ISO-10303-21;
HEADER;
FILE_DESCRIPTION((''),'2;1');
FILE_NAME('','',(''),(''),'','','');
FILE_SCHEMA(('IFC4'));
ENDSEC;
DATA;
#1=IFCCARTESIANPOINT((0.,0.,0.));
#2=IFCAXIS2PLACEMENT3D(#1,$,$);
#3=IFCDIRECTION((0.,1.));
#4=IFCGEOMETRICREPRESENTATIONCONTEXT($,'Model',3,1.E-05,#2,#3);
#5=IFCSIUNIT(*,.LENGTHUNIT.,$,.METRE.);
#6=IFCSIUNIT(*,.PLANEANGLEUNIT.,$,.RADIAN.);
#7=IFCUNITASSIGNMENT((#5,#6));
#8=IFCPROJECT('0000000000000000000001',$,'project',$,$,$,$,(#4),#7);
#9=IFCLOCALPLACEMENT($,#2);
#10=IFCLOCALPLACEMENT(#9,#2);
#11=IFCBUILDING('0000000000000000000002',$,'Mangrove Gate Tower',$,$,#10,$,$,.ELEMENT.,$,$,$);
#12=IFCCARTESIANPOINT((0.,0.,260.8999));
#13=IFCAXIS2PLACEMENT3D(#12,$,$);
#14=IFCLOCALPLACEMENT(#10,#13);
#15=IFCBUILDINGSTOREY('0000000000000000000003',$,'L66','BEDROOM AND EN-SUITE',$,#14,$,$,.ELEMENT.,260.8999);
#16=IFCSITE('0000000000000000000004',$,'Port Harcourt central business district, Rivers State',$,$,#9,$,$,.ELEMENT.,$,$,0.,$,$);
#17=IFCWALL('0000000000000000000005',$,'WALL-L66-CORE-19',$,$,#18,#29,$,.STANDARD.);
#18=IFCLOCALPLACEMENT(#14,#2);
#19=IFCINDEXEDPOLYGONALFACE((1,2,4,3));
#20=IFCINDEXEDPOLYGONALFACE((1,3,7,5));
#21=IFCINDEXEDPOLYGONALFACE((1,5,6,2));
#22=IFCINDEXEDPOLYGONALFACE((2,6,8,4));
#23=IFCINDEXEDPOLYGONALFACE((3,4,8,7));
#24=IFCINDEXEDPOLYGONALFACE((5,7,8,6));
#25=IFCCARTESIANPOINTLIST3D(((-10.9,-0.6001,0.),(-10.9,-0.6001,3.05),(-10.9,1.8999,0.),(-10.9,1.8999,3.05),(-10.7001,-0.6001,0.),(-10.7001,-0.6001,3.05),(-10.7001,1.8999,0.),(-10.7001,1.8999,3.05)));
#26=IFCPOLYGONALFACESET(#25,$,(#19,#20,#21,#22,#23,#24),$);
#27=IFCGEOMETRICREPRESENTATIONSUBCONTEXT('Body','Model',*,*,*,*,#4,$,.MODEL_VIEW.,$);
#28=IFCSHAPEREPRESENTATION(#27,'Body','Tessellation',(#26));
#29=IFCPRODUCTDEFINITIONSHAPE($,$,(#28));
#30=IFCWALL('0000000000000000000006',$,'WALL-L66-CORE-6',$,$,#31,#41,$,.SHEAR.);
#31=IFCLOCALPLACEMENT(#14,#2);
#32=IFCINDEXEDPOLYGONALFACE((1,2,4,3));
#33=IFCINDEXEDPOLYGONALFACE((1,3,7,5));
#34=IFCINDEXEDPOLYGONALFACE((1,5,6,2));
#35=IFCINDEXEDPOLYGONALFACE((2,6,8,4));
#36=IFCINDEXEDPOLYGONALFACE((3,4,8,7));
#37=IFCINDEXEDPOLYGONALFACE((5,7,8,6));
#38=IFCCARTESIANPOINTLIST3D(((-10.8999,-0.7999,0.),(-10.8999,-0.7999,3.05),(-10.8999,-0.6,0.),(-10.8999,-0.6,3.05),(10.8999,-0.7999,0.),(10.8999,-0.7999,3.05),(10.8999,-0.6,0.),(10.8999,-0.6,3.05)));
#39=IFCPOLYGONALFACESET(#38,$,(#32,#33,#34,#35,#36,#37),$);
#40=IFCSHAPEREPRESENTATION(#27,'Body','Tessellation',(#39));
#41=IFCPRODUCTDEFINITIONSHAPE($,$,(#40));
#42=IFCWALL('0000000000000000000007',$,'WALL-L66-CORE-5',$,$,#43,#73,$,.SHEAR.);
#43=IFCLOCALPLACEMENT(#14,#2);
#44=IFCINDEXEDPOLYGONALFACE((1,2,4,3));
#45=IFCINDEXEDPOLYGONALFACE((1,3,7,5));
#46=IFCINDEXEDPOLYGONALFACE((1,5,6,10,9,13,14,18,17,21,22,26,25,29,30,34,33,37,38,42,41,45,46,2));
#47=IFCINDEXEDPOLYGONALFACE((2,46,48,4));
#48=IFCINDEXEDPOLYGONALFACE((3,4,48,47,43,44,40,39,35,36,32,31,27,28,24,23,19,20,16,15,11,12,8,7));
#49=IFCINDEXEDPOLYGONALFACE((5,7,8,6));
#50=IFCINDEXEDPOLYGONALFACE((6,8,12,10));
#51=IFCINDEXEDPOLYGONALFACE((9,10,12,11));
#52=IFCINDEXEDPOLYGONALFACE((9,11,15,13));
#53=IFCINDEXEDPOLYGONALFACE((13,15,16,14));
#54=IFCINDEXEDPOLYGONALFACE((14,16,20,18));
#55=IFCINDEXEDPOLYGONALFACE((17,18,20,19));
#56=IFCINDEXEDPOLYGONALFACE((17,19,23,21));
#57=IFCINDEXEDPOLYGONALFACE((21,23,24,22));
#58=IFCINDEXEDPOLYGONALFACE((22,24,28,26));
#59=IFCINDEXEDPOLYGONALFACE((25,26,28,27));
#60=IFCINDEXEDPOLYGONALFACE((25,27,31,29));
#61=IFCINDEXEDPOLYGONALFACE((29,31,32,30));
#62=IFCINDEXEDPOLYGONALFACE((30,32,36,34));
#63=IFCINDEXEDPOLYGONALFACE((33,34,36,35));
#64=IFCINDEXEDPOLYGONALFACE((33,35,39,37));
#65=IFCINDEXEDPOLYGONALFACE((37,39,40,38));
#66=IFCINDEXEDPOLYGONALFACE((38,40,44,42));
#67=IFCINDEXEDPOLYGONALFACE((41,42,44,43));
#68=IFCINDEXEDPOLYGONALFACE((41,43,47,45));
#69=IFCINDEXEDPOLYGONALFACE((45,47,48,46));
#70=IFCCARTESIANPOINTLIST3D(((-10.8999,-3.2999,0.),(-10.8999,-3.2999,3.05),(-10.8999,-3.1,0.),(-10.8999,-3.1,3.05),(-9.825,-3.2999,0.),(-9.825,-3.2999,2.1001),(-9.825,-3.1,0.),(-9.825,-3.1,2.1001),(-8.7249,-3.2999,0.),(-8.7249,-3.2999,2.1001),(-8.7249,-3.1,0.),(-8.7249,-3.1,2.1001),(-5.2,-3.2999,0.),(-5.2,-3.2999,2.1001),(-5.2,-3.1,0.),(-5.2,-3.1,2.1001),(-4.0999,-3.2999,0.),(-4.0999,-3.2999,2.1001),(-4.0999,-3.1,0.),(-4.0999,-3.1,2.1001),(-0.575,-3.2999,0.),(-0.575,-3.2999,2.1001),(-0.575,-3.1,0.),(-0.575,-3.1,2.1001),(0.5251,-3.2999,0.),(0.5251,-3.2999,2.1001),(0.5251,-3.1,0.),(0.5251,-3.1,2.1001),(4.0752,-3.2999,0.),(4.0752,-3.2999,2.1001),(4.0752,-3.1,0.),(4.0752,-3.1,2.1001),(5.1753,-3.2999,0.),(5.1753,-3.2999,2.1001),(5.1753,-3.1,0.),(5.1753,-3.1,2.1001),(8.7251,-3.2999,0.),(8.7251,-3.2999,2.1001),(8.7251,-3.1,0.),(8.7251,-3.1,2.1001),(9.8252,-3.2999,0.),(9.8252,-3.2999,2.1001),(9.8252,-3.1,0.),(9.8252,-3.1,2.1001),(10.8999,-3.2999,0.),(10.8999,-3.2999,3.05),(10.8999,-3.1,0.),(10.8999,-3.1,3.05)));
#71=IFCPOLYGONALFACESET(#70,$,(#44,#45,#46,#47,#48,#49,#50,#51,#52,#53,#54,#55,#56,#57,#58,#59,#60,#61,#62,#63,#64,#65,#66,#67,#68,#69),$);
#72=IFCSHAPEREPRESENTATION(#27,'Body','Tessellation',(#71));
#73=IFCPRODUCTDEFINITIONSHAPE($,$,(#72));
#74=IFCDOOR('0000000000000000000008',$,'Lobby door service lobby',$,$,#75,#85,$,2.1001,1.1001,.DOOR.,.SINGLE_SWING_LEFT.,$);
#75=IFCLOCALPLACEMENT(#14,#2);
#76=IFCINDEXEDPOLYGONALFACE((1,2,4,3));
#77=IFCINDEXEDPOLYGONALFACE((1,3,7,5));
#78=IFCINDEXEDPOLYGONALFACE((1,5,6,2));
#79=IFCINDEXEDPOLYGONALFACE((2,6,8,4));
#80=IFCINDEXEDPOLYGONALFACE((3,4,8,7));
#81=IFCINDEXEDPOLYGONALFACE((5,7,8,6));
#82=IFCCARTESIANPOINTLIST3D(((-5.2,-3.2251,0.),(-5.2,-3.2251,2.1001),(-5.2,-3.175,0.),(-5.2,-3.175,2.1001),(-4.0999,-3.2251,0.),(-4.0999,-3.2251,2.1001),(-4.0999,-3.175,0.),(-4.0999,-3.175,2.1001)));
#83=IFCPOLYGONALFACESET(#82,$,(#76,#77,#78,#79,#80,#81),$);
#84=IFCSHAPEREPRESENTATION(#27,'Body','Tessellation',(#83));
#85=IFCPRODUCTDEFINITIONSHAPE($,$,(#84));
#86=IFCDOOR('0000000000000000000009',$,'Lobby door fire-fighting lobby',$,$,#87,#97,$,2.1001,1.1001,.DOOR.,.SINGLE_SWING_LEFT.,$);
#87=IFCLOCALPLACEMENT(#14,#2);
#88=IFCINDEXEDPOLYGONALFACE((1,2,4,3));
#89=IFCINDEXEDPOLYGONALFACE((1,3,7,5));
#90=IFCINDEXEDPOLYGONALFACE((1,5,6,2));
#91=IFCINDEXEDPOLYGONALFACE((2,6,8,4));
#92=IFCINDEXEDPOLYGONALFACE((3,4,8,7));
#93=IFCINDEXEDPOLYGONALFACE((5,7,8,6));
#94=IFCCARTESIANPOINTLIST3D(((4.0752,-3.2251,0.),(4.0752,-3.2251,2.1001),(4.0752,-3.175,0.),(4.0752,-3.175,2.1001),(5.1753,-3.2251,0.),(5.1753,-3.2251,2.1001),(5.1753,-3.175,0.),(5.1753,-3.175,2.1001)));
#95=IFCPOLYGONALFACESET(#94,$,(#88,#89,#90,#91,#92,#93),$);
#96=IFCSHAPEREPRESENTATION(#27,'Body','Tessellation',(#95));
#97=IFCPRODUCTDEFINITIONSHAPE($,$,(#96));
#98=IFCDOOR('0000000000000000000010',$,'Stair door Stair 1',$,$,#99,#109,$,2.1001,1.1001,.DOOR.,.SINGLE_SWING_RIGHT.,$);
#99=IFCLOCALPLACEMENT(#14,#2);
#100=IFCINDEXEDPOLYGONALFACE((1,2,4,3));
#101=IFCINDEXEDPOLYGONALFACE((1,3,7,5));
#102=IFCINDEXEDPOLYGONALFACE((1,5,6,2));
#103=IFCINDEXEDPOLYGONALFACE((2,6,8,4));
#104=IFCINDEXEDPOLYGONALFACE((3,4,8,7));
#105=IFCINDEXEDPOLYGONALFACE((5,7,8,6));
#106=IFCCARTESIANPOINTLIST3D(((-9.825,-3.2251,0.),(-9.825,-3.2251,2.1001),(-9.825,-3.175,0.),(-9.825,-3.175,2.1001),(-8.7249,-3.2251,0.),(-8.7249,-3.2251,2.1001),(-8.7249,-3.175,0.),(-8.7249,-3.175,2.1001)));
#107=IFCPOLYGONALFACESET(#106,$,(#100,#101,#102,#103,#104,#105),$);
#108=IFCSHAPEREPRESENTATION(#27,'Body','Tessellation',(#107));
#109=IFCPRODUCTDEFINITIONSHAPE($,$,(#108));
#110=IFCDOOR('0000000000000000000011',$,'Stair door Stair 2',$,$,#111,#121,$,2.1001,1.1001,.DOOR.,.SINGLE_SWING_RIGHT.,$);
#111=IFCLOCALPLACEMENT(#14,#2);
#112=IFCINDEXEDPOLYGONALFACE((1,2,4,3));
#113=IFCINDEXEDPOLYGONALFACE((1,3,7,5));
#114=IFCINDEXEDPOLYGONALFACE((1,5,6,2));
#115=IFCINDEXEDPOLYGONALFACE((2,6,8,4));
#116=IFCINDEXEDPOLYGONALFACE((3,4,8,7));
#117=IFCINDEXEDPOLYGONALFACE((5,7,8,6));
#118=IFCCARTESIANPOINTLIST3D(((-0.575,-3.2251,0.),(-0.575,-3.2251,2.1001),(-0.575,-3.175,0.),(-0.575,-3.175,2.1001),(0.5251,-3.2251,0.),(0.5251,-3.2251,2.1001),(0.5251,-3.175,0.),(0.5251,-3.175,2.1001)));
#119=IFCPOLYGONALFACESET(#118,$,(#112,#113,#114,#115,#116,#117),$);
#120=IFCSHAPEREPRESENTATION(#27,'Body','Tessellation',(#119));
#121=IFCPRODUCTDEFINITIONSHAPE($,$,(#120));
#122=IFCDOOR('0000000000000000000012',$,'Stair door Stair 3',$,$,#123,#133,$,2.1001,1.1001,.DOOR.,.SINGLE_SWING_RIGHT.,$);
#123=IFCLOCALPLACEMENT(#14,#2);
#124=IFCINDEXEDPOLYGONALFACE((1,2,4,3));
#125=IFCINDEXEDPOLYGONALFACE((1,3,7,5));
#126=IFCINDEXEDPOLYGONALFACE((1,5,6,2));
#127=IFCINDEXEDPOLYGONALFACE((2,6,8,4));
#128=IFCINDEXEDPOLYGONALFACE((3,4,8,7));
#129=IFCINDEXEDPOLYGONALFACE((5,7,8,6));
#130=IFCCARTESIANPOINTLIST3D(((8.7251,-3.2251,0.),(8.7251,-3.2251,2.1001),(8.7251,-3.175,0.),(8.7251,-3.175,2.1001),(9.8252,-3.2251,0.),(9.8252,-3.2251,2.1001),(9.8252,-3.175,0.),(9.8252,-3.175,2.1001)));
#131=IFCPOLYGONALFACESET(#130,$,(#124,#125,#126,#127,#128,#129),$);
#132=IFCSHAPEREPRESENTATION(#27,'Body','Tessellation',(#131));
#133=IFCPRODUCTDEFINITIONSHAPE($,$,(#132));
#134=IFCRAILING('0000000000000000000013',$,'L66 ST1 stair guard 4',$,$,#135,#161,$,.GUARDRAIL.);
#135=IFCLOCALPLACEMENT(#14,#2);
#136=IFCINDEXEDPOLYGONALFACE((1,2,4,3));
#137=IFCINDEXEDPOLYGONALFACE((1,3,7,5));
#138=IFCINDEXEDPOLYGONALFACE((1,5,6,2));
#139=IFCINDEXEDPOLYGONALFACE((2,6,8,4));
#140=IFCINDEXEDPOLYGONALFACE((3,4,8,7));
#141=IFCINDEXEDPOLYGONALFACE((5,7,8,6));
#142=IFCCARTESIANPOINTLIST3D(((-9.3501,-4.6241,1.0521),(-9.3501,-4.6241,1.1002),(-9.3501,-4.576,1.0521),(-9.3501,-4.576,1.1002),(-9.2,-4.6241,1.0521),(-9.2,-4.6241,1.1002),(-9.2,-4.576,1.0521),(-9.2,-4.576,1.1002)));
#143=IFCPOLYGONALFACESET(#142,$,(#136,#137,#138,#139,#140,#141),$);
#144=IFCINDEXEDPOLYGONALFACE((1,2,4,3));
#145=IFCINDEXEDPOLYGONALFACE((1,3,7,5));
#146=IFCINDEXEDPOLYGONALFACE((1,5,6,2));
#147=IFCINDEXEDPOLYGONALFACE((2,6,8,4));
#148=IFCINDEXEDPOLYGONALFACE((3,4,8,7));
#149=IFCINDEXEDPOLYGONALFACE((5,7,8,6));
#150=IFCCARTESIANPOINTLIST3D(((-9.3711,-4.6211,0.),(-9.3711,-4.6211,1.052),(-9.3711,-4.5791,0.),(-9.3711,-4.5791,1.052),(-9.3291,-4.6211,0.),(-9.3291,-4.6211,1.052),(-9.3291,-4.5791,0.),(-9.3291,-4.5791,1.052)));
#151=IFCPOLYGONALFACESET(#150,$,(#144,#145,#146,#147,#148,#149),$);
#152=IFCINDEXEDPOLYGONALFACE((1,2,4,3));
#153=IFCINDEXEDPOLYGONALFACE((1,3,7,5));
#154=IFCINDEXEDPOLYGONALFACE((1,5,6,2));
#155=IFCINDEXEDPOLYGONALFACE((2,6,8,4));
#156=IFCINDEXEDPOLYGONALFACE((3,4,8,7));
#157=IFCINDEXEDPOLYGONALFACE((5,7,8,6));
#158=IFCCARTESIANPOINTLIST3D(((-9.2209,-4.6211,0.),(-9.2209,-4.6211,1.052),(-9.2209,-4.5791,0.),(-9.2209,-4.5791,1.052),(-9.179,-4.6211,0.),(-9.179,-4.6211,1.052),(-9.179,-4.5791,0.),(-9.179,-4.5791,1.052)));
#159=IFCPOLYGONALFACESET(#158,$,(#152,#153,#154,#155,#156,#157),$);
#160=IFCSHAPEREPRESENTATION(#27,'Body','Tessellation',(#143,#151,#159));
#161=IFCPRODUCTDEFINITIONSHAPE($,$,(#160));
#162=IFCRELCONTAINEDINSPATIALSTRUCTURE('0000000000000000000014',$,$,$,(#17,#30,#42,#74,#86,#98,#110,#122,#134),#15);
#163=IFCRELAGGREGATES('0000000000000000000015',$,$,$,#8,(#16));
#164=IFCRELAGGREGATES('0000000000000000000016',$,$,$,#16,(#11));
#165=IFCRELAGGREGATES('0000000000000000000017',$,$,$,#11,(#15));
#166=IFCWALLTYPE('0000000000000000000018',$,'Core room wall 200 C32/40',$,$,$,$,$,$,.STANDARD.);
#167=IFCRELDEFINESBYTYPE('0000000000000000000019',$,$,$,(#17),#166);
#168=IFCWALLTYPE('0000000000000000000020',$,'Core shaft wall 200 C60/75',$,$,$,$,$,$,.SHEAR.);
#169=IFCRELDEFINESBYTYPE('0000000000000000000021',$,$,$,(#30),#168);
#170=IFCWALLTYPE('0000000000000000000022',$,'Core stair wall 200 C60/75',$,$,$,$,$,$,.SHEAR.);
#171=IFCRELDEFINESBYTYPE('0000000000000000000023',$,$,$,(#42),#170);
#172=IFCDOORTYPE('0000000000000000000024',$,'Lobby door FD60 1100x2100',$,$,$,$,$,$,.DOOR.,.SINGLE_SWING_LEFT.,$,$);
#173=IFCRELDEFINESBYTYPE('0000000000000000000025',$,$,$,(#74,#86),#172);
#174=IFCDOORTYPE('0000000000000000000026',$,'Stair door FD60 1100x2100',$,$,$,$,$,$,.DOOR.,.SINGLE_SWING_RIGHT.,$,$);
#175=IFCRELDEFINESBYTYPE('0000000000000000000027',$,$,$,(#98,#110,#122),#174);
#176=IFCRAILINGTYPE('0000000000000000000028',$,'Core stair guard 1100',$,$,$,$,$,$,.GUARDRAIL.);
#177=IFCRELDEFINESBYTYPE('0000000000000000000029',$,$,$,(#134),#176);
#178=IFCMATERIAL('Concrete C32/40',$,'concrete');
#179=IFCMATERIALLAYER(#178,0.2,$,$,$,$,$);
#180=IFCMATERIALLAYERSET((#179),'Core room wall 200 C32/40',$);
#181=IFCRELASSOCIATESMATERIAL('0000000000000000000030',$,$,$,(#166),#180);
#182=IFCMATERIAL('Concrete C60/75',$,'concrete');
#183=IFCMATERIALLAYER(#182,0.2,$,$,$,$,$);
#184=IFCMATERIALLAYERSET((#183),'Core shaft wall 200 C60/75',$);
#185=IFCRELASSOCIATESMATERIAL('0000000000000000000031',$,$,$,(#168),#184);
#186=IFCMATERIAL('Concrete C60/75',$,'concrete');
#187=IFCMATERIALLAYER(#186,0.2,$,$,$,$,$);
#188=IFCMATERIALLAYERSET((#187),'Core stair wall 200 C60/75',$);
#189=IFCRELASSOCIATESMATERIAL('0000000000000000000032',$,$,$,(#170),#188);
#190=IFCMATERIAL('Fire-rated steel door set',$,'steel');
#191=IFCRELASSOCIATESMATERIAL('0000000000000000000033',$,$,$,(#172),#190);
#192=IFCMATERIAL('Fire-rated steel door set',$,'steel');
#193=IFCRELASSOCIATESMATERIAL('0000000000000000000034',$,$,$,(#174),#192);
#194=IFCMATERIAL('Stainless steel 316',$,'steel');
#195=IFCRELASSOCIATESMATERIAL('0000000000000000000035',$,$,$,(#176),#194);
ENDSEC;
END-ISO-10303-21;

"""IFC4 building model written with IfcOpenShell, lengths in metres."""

from ifc_helpers import new_model, si_unit, direction, frame, frame_2d, origin, origin_2d, place, context, subcontext, project, spatial, rectangle, extrude, material, layer, layer_set, type_object, element, fill, save


model = new_model("IFC4")

# Units and contexts
model_context = context("Model", 3, precision=1e-05, world=origin(), true_north=direction((0.0, 1.0)))
body_context = subcontext(model_context, "Body", "Model", "MODEL_VIEW")
ifc_project = project(units=[si_unit("LENGTHUNIT", "METRE"), si_unit("PLANEANGLEUNIT", "RADIAN")], contexts=[model_context])

# Site, building, storey
site_placement = place(None, origin())
site = spatial("IfcSite", under=ifc_project, at=site_placement, Name="Port Harcourt central business district, Rivers State", CompositionType="ELEMENT", RefElevation=0.0)
building_placement = place(site_placement, origin())
building = spatial("IfcBuilding", under=site, at=building_placement, Name="Mangrove Gate Tower", CompositionType="ELEMENT")
storey_placement = place(building_placement, frame((0.0, 0.0, 260.8999)))
storey = spatial("IfcBuildingStorey", under=building, at=storey_placement, Name="L66", Description="BEDROOM AND EN-SUITE", CompositionType="ELEMENT", Elevation=260.8999)

# Walls
ifc_material_1 = material(Name="Concrete C32/40", Category="concrete")
ifc_layer_1 = layer(ifc_material_1, 0.2)
ifc_layer_set_1 = layer_set([ifc_layer_1], Name="Core room wall 200 C32/40")
wall_type_1 = type_object("IfcWallType", Name="Core room wall 200 C32/40", PredefinedType="STANDARD", material=ifc_layer_set_1)
wall_1_placement = place(storey_placement, frame((-10.8, -0.6001, 0.0), z_axis=(0.0, 0.0, 1.0), x_axis=(0.0, 1.0, 0.0)))
element("IfcWall", 1, at=wall_1_placement, inside=storey, type_object=wall_type_1, Name="WALL-L66-CORE-19", PredefinedType="STANDARD", context=body_context, shape_type="SweptSolid", body=[
    extrude(rectangle(XDim=2.5, YDim=0.2, at=frame_2d((1.25, 0.0))), origin(), (0.0, 0.0, 1.0), 3.05),
])
ifc_material_2 = material(Name="Concrete C60/75", Category="concrete")
ifc_layer_2 = layer(ifc_material_2, 0.2)
ifc_layer_set_2 = layer_set([ifc_layer_2], Name="Core shaft wall 200 C60/75")
wall_type_2 = type_object("IfcWallType", Name="Core shaft wall 200 C60/75", PredefinedType="SHEAR", material=ifc_layer_set_2)
wall_2_placement = place(storey_placement, frame((-10.8999, -0.7, 0.0), z_axis=(0.0, 0.0, 1.0), x_axis=(1.0, 0.0, 0.0)))
element("IfcWall", 2, at=wall_2_placement, inside=storey, type_object=wall_type_2, Name="WALL-L66-CORE-6", PredefinedType="SHEAR", context=body_context, shape_type="SweptSolid", body=[
    extrude(rectangle(XDim=21.7998, YDim=0.2, at=frame_2d((10.8999, 0.0))), origin(), (0.0, 0.0, 1.0), 3.05),
])

# Wall, openings, doors
ifc_material_3 = material(Name="Concrete C60/75", Category="concrete")
ifc_layer_3 = layer(ifc_material_3, 0.2)
ifc_layer_set_3 = layer_set([ifc_layer_3], Name="Core stair wall 200 C60/75")
wall_type_3 = type_object("IfcWallType", Name="Core stair wall 200 C60/75", PredefinedType="SHEAR", material=ifc_layer_set_3)
wall_3_placement = place(storey_placement, frame((-10.8999, -3.2, 0.0), z_axis=(0.0, 0.0, 1.0), x_axis=(1.0, 0.0, 0.0)))
wall_3 = element("IfcWall", 3, at=wall_3_placement, inside=storey, type_object=wall_type_3, Name="WALL-L66-CORE-5", PredefinedType="SHEAR", context=body_context, shape_type="SweptSolid", body=[
    extrude(rectangle(XDim=21.7998, YDim=0.2, at=frame_2d((10.8999, 0.0))), origin(), (0.0, 0.0, 1.0), 3.05),
])
opening_1_placement = place(wall_3_placement, frame((1.075, 0.0, 0.0)))
opening_1 = element("IfcOpeningElement", 4, at=opening_1_placement, cuts=wall_3, PredefinedType="OPENING", context=body_context, shape_type="SweptSolid", body=[
    extrude(rectangle(XDim=1.1001, YDim=2.1001, at=frame_2d((0.55, 1.05))), frame((0.0, 0.1099, 0.0), z_axis=(0.0, -1.0, 0.0), x_axis=(1.0, 0.0, 0.0)), (0.0, 0.0, 1.0), 0.22),
])
opening_2_placement = place(wall_3_placement, frame((10.325, 0.0, 0.0)))
opening_2 = element("IfcOpeningElement", 5, at=opening_2_placement, cuts=wall_3, PredefinedType="OPENING", context=body_context, shape_type="SweptSolid", body=[
    extrude(rectangle(XDim=1.1001, YDim=2.1001, at=frame_2d((0.55, 1.05))), frame((0.0, 0.1099, 0.0), z_axis=(0.0, -1.0, 0.0), x_axis=(1.0, 0.0, 0.0)), (0.0, 0.0, 1.0), 0.22),
])
opening_3_placement = place(wall_3_placement, frame((19.625, 0.0, 0.0)))
opening_3 = element("IfcOpeningElement", 6, at=opening_3_placement, cuts=wall_3, PredefinedType="OPENING", context=body_context, shape_type="SweptSolid", body=[
    extrude(rectangle(XDim=1.1001, YDim=2.1001, at=frame_2d((0.55, 1.05))), frame((0.0, 0.1099, 0.0), z_axis=(0.0, -1.0, 0.0), x_axis=(1.0, 0.0, 0.0)), (0.0, 0.0, 1.0), 0.22),
])
opening_4_placement = place(wall_3_placement, frame((5.7, 0.0, 0.0)))
opening_4 = element("IfcOpeningElement", 7, at=opening_4_placement, cuts=wall_3, PredefinedType="OPENING", context=body_context, shape_type="SweptSolid", body=[
    extrude(rectangle(XDim=1.1001, YDim=2.1001, at=frame_2d((0.55, 1.05))), frame((0.0, 0.1099, 0.0), z_axis=(0.0, -1.0, 0.0), x_axis=(1.0, 0.0, 0.0)), (0.0, 0.0, 1.0), 0.22),
])
opening_5_placement = place(wall_3_placement, frame((14.9751, 0.0, 0.0)))
opening_5 = element("IfcOpeningElement", 8, at=opening_5_placement, cuts=wall_3, PredefinedType="OPENING", context=body_context, shape_type="SweptSolid", body=[
    extrude(rectangle(XDim=1.1001, YDim=2.1001, at=frame_2d((0.55, 1.05))), frame((0.0, 0.1099, 0.0), z_axis=(0.0, -1.0, 0.0), x_axis=(1.0, 0.0, 0.0)), (0.0, 0.0, 1.0), 0.22),
])
ifc_material_4 = material(Name="Fire-rated steel door set", Category="steel")
door_type_1 = type_object("IfcDoorType", Name="Lobby door FD60 1100x2100", OperationType="SINGLE_SWING_LEFT", PredefinedType="DOOR", material=ifc_material_4)
door_1_placement = place(opening_4_placement, origin())
door_1 = element("IfcDoor", 9, at=door_1_placement, inside=storey, type_object=door_type_1, Name="Lobby door service lobby", OperationType="SINGLE_SWING_LEFT", OverallHeight=2.1001, OverallWidth=1.1001, PredefinedType="DOOR", context=body_context, shape_type="SweptSolid", body=[
    extrude(rectangle(XDim=1.1001, YDim=2.1001, at=frame_2d((0.55, 1.05))), frame((0.0, 0.0249, 0.0), z_axis=(0.0, -1.0, 0.0), x_axis=(1.0, 0.0, 0.0)), (0.0, 0.0, 1.0), 0.05),
])
fill(opening_4, door_1)
door_2_placement = place(opening_5_placement, origin())
door_2 = element("IfcDoor", 10, at=door_2_placement, inside=storey, type_object=door_type_1, Name="Lobby door fire-fighting lobby", OperationType="SINGLE_SWING_LEFT", OverallHeight=2.1001, OverallWidth=1.1001, PredefinedType="DOOR", context=body_context, shape_type="SweptSolid", body=[
    extrude(rectangle(XDim=1.1001, YDim=2.1001, at=frame_2d((0.55, 1.05))), frame((0.0, 0.0249, 0.0), z_axis=(0.0, -1.0, 0.0), x_axis=(1.0, 0.0, 0.0)), (0.0, 0.0, 1.0), 0.05),
])
fill(opening_5, door_2)
ifc_material_5 = material(Name="Fire-rated steel door set", Category="steel")
door_type_2 = type_object("IfcDoorType", Name="Stair door FD60 1100x2100", OperationType="SINGLE_SWING_RIGHT", PredefinedType="DOOR", material=ifc_material_5)
door_3_placement = place(opening_1_placement, origin())
door_3 = element("IfcDoor", 11, at=door_3_placement, inside=storey, type_object=door_type_2, Name="Stair door Stair 1", OperationType="SINGLE_SWING_RIGHT", OverallHeight=2.1001, OverallWidth=1.1001, PredefinedType="DOOR", context=body_context, shape_type="SweptSolid", body=[
    extrude(rectangle(XDim=1.1001, YDim=2.1001, at=frame_2d((0.55, 1.05))), frame((0.0, 0.0249, 0.0), z_axis=(0.0, -1.0, 0.0), x_axis=(1.0, 0.0, 0.0)), (0.0, 0.0, 1.0), 0.05),
])
fill(opening_1, door_3)
door_4_placement = place(opening_2_placement, origin())
door_4 = element("IfcDoor", 12, at=door_4_placement, inside=storey, type_object=door_type_2, Name="Stair door Stair 2", OperationType="SINGLE_SWING_RIGHT", OverallHeight=2.1001, OverallWidth=1.1001, PredefinedType="DOOR", context=body_context, shape_type="SweptSolid", body=[
    extrude(rectangle(XDim=1.1001, YDim=2.1001, at=frame_2d((0.55, 1.05))), frame((0.0, 0.0249, 0.0), z_axis=(0.0, -1.0, 0.0), x_axis=(1.0, 0.0, 0.0)), (0.0, 0.0, 1.0), 0.05),
])
fill(opening_2, door_4)
door_5_placement = place(opening_3_placement, origin())
door_5 = element("IfcDoor", 13, at=door_5_placement, inside=storey, type_object=door_type_2, Name="Stair door Stair 3", OperationType="SINGLE_SWING_RIGHT", OverallHeight=2.1001, OverallWidth=1.1001, PredefinedType="DOOR", context=body_context, shape_type="SweptSolid", body=[
    extrude(rectangle(XDim=1.1001, YDim=2.1001, at=frame_2d((0.55, 1.05))), frame((0.0, 0.0249, 0.0), z_axis=(0.0, -1.0, 0.0), x_axis=(1.0, 0.0, 0.0)), (0.0, 0.0, 1.0), 0.05),
])
fill(opening_3, door_5)

# Railing
ifc_material_6 = material(Name="Stainless steel 316", Category="steel")
railing_type = type_object("IfcRailingType", Name="Core stair guard 1100", PredefinedType="GUARDRAIL", material=ifc_material_6)
railing_placement = place(storey_placement, frame((-9.3501, -4.6001, 0.0)))
element("IfcRailing", 14, at=railing_placement, inside=storey, type_object=railing_type, Name="L66 ST1 stair guard 4", PredefinedType="GUARDRAIL", context=body_context, shape_type="SweptSolid", body=[
    extrude(rectangle(XDim=0.0481, YDim=0.0481, at=origin_2d()), frame((0.0, 0.0, 1.0762), z_axis=(1.0, 0.0, 0.0), x_axis=(0.0, 1.0, 0.0)), (0.0, 0.0, 1.0), 0.1501),
    extrude(rectangle(XDim=0.042, YDim=0.042, at=origin_2d()), origin(), (0.0, 0.0, 1.0), 1.052),
    extrude(rectangle(XDim=0.042, YDim=0.042, at=origin_2d()), frame((0.1501, 0.0, 0.0)), (0.0, 0.0, 1.0), 1.052),
])

save(model, "model.ifc")
